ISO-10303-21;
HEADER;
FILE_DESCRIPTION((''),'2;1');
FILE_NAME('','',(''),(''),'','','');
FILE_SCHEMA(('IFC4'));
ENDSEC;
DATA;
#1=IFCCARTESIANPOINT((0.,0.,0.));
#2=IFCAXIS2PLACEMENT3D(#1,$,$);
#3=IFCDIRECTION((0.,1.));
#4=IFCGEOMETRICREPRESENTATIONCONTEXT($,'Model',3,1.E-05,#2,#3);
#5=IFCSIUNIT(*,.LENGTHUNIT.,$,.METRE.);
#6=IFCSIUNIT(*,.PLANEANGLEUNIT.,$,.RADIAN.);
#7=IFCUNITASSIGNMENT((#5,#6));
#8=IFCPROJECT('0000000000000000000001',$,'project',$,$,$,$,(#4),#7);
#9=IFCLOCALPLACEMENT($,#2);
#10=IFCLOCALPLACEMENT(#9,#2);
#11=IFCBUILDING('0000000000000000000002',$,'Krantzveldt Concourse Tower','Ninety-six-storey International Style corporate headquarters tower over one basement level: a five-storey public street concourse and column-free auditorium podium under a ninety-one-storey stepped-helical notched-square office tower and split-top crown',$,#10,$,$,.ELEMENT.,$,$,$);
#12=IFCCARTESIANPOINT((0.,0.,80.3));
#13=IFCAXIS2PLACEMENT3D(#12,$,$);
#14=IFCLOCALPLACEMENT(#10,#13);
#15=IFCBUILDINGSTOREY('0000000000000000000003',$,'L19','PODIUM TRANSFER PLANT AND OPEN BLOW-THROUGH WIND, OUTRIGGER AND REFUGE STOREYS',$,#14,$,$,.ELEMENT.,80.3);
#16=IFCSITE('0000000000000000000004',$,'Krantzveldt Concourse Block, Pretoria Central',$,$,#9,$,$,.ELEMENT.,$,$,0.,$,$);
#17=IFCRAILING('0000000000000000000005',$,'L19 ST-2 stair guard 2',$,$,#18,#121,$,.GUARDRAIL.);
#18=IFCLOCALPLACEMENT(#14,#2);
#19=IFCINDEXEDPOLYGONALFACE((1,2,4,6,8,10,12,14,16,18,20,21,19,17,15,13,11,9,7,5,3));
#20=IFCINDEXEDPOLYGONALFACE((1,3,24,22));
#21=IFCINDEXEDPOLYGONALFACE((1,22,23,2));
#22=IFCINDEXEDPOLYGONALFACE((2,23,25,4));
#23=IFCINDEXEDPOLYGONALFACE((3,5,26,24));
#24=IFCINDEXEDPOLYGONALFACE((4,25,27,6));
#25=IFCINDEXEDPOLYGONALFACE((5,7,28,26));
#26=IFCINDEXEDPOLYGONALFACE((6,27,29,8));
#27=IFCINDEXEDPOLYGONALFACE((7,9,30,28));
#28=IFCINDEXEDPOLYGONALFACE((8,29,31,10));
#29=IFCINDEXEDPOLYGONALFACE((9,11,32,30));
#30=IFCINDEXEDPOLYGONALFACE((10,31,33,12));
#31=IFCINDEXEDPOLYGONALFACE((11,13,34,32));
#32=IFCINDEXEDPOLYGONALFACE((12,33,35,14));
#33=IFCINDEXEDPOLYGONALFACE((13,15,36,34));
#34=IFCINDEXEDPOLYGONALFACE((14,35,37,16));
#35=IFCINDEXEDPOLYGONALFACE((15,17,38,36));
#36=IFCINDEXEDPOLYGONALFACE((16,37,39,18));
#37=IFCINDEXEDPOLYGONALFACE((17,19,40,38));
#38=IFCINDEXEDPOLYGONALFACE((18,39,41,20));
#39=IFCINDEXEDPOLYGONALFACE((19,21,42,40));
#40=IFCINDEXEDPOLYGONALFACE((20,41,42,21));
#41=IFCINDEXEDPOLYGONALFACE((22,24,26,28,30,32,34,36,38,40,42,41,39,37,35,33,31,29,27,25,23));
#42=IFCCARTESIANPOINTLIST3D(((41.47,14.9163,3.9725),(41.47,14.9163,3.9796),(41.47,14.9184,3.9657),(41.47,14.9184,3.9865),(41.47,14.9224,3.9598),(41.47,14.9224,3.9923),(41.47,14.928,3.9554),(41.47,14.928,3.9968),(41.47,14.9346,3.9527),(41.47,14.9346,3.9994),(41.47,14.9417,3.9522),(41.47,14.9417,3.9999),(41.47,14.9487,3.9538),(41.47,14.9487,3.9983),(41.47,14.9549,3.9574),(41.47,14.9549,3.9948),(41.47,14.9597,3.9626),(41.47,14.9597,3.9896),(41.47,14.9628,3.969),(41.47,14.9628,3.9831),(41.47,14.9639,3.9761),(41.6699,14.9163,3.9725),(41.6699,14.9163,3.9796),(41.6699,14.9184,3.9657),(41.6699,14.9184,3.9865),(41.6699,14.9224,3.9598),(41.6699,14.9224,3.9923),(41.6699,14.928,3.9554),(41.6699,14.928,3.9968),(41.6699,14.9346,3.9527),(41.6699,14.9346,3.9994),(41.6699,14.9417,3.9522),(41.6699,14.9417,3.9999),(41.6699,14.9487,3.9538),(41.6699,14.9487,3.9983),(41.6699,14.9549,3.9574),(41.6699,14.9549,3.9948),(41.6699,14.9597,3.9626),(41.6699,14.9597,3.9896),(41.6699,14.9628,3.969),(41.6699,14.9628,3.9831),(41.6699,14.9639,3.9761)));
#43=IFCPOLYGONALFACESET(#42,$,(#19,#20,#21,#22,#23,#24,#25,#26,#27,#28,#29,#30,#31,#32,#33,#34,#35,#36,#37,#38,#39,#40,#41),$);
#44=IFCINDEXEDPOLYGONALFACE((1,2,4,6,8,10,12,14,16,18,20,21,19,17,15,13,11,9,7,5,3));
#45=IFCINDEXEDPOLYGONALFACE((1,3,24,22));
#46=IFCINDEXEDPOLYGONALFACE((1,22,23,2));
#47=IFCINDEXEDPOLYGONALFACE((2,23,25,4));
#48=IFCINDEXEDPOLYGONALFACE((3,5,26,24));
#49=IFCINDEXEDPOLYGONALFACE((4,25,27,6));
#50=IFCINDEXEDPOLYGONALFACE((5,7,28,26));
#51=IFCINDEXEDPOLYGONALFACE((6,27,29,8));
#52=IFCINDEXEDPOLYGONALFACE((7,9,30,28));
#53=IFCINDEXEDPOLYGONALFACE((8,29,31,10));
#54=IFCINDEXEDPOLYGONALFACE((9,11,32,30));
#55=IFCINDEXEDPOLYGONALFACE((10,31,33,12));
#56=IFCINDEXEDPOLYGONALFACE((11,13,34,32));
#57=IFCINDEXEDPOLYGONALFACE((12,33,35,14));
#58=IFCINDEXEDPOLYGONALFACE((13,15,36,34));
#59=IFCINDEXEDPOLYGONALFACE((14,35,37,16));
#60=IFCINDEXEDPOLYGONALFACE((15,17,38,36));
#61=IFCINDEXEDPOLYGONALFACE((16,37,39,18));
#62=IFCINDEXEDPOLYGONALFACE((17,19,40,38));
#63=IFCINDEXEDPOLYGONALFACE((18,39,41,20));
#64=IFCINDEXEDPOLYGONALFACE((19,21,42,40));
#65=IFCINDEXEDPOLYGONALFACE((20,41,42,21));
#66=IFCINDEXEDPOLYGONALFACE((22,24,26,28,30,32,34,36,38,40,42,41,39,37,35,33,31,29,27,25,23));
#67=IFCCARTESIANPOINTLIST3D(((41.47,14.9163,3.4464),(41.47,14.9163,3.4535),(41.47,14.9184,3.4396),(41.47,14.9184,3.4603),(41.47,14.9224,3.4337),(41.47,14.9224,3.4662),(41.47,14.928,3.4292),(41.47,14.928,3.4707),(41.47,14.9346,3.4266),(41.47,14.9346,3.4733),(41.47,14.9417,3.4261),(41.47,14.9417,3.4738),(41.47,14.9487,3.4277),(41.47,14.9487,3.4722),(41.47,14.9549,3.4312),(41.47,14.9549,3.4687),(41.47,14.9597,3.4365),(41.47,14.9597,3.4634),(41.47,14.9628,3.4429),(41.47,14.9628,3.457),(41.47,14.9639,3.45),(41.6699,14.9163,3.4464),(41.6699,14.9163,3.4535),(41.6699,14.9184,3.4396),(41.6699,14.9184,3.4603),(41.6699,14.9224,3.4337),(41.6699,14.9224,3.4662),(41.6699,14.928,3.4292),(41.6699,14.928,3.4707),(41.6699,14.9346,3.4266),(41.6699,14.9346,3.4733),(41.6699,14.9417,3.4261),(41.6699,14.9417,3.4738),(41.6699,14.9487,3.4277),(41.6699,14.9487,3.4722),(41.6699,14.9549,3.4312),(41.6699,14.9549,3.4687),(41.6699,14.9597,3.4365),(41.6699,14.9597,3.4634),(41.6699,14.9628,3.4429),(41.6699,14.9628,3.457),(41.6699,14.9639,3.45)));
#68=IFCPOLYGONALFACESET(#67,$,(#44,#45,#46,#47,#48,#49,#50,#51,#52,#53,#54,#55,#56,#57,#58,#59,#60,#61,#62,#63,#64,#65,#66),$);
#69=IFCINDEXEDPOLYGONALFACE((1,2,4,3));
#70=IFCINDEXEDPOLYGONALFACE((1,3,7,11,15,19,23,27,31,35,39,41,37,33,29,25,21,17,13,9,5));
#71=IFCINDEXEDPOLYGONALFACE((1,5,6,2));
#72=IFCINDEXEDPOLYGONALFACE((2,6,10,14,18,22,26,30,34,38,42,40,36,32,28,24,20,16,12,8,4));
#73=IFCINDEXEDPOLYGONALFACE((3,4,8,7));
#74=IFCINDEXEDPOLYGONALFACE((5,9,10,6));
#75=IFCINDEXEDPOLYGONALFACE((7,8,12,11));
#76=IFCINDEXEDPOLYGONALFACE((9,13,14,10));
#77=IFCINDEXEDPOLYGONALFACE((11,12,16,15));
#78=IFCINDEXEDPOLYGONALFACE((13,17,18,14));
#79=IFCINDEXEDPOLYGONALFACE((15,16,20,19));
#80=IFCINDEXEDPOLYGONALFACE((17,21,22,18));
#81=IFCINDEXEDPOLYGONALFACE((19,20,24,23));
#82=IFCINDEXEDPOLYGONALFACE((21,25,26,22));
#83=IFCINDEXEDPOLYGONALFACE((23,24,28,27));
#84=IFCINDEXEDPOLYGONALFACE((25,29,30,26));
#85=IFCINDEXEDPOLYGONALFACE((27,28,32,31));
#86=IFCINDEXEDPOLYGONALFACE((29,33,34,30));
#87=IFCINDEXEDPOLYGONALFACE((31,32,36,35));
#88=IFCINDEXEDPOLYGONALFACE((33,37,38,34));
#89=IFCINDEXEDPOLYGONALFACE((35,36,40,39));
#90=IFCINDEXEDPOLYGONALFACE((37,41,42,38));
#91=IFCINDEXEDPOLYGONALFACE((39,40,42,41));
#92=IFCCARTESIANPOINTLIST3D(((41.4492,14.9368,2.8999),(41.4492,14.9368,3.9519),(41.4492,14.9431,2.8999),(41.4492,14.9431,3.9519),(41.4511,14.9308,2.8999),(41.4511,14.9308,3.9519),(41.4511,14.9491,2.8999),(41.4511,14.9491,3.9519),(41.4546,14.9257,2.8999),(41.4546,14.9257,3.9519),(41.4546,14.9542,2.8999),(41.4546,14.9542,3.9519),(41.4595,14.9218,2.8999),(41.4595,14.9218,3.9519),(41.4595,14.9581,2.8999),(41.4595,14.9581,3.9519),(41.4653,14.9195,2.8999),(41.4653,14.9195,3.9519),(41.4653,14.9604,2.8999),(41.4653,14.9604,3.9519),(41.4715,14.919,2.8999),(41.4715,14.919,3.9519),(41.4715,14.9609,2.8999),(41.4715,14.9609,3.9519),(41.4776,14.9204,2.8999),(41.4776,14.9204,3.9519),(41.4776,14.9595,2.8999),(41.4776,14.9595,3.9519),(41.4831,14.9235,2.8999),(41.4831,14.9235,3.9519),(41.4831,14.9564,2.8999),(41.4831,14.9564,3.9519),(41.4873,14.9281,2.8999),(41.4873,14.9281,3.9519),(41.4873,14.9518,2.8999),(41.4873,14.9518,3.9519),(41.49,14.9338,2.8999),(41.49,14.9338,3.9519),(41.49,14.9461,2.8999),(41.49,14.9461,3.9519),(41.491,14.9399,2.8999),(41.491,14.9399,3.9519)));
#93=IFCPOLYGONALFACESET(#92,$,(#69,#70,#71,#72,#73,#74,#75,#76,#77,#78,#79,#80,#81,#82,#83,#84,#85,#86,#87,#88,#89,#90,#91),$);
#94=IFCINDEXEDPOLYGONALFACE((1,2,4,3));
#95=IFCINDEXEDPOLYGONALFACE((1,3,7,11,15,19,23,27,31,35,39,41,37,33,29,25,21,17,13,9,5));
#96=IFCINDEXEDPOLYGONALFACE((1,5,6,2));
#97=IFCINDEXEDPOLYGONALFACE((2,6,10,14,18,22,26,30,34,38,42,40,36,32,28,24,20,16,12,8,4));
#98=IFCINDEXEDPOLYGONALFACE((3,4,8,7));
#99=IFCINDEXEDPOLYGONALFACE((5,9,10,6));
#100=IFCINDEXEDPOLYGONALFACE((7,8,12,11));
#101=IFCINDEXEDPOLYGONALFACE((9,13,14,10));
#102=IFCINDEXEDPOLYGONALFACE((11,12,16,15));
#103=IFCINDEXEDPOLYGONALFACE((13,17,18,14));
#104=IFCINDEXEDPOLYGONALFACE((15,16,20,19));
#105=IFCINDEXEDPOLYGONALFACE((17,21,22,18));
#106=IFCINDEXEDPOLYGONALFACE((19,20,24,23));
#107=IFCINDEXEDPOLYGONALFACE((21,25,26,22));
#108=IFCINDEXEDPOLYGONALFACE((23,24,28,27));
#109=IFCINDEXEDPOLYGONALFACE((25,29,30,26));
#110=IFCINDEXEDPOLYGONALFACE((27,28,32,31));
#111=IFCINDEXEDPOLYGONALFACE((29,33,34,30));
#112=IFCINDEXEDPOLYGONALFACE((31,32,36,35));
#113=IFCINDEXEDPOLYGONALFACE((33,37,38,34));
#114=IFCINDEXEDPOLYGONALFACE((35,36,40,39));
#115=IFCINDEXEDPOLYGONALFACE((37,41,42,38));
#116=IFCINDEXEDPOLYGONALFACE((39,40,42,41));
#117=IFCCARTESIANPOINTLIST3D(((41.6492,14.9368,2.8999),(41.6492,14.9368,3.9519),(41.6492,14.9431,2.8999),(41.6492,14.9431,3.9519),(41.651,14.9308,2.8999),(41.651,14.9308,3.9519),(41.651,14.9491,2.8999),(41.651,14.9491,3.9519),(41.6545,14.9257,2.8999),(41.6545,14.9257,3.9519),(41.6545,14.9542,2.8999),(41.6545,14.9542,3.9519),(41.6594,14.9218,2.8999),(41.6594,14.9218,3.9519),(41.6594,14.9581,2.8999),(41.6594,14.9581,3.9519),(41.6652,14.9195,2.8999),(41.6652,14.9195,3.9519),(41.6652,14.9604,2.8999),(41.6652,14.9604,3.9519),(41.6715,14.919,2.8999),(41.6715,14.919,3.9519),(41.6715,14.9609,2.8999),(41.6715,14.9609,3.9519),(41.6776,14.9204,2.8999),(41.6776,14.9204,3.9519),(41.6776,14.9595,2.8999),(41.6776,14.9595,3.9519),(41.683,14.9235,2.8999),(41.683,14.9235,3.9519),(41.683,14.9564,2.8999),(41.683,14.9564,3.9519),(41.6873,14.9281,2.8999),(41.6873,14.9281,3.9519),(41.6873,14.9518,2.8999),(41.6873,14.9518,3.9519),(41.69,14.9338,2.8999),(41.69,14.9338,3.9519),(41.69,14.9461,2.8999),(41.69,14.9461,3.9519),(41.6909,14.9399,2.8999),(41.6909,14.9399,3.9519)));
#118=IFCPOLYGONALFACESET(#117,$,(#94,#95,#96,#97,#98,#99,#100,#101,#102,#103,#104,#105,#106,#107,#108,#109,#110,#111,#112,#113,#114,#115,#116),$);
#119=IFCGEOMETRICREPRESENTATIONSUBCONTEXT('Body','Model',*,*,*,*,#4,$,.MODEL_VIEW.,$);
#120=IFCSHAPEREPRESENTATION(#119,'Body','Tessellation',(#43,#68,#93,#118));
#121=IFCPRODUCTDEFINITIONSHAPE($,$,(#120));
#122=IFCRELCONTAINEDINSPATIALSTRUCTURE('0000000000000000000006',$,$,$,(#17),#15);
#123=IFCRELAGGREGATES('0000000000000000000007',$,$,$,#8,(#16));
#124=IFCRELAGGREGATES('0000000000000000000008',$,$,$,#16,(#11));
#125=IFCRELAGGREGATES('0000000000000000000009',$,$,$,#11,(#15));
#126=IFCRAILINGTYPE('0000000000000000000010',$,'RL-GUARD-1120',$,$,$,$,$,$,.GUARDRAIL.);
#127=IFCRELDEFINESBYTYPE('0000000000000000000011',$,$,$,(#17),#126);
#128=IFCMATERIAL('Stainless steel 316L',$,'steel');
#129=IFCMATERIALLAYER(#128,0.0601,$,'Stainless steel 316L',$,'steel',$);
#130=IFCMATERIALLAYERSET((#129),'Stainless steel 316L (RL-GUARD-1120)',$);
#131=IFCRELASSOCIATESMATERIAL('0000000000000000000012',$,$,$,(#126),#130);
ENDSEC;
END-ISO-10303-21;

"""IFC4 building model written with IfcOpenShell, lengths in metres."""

from ifc_helpers import new_model, si_unit, direction, frame, origin, origin_2d, place, context, subcontext, project, spatial, circle, extrude, material, layer, layer_set, type_object, element, save


model = new_model("IFC4")

# Units and contexts
model_context = context("Model", 3, precision=1e-05, world=origin(), true_north=direction((0.0, 1.0)))
body_context = subcontext(model_context, "Body", "Model", "MODEL_VIEW")
ifc_project = project(units=[si_unit("LENGTHUNIT", "METRE"), si_unit("PLANEANGLEUNIT", "RADIAN")], contexts=[model_context])

# Site, building, storey
site_placement = place(None, origin())
site = spatial("IfcSite", under=ifc_project, at=site_placement, Name="Krantzveldt Concourse Block, Pretoria Central", CompositionType="ELEMENT", RefElevation=0.0)
building_placement = place(site_placement, origin())
building = spatial("IfcBuilding", under=site, at=building_placement, Name="Krantzveldt Concourse Tower", Description="Ninety-six-storey International Style corporate headquarters tower over one basement level: a five-storey public street concourse and column-free auditorium podium under a ninety-one-storey stepped-helical notched-square office tower and split-top crown", CompositionType="ELEMENT")
storey_placement = place(building_placement, frame((0.0, 0.0, 80.3)))
storey = spatial("IfcBuildingStorey", under=building, at=storey_placement, Name="L19", Description="PODIUM TRANSFER PLANT AND OPEN BLOW-THROUGH WIND, OUTRIGGER AND REFUGE STOREYS", CompositionType="ELEMENT", Elevation=80.3)

# Shared definitions
ifc_material_1 = material(Name="Stainless steel 316L", Category="steel")

# Railing
ifc_layer_1 = layer(ifc_material_1, 0.0601, Name="Stainless steel 316L", Category="steel")
ifc_layer_set_1 = layer_set([ifc_layer_1], Name="Stainless steel 316L (RL-GUARD-1120)")
railing_type_1 = type_object("IfcRailingType", Name="RL-GUARD-1120", PredefinedType="GUARDRAIL", material=ifc_layer_set_1)
railing_1_placement = place(storey_placement, frame((41.47, 14.9399, 2.8999)))
element("IfcRailing", 1, at=railing_1_placement, inside=storey, type_object=railing_type_1, Name="L19 ST-2 stair guard 2", PredefinedType="GUARDRAIL", context=body_context, shape_type="SweptSolid", body=[
    extrude(circle(Radius=0.0239, at=origin_2d()), frame((0.0, 0.0, 1.0762), z_axis=(1.0, 0.0, 0.0), x_axis=(0.0, 1.0, 0.0)), (0.0, 0.0, 1.0), 0.2),
    extrude(circle(Radius=0.0239, at=origin_2d()), frame((0.0, 0.0, 0.55), z_axis=(1.0, 0.0, 0.0), x_axis=(0.0, 1.0, 0.0)), (0.0, 0.0, 1.0), 0.2),
    extrude(circle(Radius=0.021, at=origin_2d()), origin(), (0.0, 0.0, 1.0), 1.052),
    extrude(circle(Radius=0.021, at=origin_2d()), frame((0.2, 0.0, 0.0)), (0.0, 0.0, 1.0), 1.052),
])

save(model, "model.ifc")
